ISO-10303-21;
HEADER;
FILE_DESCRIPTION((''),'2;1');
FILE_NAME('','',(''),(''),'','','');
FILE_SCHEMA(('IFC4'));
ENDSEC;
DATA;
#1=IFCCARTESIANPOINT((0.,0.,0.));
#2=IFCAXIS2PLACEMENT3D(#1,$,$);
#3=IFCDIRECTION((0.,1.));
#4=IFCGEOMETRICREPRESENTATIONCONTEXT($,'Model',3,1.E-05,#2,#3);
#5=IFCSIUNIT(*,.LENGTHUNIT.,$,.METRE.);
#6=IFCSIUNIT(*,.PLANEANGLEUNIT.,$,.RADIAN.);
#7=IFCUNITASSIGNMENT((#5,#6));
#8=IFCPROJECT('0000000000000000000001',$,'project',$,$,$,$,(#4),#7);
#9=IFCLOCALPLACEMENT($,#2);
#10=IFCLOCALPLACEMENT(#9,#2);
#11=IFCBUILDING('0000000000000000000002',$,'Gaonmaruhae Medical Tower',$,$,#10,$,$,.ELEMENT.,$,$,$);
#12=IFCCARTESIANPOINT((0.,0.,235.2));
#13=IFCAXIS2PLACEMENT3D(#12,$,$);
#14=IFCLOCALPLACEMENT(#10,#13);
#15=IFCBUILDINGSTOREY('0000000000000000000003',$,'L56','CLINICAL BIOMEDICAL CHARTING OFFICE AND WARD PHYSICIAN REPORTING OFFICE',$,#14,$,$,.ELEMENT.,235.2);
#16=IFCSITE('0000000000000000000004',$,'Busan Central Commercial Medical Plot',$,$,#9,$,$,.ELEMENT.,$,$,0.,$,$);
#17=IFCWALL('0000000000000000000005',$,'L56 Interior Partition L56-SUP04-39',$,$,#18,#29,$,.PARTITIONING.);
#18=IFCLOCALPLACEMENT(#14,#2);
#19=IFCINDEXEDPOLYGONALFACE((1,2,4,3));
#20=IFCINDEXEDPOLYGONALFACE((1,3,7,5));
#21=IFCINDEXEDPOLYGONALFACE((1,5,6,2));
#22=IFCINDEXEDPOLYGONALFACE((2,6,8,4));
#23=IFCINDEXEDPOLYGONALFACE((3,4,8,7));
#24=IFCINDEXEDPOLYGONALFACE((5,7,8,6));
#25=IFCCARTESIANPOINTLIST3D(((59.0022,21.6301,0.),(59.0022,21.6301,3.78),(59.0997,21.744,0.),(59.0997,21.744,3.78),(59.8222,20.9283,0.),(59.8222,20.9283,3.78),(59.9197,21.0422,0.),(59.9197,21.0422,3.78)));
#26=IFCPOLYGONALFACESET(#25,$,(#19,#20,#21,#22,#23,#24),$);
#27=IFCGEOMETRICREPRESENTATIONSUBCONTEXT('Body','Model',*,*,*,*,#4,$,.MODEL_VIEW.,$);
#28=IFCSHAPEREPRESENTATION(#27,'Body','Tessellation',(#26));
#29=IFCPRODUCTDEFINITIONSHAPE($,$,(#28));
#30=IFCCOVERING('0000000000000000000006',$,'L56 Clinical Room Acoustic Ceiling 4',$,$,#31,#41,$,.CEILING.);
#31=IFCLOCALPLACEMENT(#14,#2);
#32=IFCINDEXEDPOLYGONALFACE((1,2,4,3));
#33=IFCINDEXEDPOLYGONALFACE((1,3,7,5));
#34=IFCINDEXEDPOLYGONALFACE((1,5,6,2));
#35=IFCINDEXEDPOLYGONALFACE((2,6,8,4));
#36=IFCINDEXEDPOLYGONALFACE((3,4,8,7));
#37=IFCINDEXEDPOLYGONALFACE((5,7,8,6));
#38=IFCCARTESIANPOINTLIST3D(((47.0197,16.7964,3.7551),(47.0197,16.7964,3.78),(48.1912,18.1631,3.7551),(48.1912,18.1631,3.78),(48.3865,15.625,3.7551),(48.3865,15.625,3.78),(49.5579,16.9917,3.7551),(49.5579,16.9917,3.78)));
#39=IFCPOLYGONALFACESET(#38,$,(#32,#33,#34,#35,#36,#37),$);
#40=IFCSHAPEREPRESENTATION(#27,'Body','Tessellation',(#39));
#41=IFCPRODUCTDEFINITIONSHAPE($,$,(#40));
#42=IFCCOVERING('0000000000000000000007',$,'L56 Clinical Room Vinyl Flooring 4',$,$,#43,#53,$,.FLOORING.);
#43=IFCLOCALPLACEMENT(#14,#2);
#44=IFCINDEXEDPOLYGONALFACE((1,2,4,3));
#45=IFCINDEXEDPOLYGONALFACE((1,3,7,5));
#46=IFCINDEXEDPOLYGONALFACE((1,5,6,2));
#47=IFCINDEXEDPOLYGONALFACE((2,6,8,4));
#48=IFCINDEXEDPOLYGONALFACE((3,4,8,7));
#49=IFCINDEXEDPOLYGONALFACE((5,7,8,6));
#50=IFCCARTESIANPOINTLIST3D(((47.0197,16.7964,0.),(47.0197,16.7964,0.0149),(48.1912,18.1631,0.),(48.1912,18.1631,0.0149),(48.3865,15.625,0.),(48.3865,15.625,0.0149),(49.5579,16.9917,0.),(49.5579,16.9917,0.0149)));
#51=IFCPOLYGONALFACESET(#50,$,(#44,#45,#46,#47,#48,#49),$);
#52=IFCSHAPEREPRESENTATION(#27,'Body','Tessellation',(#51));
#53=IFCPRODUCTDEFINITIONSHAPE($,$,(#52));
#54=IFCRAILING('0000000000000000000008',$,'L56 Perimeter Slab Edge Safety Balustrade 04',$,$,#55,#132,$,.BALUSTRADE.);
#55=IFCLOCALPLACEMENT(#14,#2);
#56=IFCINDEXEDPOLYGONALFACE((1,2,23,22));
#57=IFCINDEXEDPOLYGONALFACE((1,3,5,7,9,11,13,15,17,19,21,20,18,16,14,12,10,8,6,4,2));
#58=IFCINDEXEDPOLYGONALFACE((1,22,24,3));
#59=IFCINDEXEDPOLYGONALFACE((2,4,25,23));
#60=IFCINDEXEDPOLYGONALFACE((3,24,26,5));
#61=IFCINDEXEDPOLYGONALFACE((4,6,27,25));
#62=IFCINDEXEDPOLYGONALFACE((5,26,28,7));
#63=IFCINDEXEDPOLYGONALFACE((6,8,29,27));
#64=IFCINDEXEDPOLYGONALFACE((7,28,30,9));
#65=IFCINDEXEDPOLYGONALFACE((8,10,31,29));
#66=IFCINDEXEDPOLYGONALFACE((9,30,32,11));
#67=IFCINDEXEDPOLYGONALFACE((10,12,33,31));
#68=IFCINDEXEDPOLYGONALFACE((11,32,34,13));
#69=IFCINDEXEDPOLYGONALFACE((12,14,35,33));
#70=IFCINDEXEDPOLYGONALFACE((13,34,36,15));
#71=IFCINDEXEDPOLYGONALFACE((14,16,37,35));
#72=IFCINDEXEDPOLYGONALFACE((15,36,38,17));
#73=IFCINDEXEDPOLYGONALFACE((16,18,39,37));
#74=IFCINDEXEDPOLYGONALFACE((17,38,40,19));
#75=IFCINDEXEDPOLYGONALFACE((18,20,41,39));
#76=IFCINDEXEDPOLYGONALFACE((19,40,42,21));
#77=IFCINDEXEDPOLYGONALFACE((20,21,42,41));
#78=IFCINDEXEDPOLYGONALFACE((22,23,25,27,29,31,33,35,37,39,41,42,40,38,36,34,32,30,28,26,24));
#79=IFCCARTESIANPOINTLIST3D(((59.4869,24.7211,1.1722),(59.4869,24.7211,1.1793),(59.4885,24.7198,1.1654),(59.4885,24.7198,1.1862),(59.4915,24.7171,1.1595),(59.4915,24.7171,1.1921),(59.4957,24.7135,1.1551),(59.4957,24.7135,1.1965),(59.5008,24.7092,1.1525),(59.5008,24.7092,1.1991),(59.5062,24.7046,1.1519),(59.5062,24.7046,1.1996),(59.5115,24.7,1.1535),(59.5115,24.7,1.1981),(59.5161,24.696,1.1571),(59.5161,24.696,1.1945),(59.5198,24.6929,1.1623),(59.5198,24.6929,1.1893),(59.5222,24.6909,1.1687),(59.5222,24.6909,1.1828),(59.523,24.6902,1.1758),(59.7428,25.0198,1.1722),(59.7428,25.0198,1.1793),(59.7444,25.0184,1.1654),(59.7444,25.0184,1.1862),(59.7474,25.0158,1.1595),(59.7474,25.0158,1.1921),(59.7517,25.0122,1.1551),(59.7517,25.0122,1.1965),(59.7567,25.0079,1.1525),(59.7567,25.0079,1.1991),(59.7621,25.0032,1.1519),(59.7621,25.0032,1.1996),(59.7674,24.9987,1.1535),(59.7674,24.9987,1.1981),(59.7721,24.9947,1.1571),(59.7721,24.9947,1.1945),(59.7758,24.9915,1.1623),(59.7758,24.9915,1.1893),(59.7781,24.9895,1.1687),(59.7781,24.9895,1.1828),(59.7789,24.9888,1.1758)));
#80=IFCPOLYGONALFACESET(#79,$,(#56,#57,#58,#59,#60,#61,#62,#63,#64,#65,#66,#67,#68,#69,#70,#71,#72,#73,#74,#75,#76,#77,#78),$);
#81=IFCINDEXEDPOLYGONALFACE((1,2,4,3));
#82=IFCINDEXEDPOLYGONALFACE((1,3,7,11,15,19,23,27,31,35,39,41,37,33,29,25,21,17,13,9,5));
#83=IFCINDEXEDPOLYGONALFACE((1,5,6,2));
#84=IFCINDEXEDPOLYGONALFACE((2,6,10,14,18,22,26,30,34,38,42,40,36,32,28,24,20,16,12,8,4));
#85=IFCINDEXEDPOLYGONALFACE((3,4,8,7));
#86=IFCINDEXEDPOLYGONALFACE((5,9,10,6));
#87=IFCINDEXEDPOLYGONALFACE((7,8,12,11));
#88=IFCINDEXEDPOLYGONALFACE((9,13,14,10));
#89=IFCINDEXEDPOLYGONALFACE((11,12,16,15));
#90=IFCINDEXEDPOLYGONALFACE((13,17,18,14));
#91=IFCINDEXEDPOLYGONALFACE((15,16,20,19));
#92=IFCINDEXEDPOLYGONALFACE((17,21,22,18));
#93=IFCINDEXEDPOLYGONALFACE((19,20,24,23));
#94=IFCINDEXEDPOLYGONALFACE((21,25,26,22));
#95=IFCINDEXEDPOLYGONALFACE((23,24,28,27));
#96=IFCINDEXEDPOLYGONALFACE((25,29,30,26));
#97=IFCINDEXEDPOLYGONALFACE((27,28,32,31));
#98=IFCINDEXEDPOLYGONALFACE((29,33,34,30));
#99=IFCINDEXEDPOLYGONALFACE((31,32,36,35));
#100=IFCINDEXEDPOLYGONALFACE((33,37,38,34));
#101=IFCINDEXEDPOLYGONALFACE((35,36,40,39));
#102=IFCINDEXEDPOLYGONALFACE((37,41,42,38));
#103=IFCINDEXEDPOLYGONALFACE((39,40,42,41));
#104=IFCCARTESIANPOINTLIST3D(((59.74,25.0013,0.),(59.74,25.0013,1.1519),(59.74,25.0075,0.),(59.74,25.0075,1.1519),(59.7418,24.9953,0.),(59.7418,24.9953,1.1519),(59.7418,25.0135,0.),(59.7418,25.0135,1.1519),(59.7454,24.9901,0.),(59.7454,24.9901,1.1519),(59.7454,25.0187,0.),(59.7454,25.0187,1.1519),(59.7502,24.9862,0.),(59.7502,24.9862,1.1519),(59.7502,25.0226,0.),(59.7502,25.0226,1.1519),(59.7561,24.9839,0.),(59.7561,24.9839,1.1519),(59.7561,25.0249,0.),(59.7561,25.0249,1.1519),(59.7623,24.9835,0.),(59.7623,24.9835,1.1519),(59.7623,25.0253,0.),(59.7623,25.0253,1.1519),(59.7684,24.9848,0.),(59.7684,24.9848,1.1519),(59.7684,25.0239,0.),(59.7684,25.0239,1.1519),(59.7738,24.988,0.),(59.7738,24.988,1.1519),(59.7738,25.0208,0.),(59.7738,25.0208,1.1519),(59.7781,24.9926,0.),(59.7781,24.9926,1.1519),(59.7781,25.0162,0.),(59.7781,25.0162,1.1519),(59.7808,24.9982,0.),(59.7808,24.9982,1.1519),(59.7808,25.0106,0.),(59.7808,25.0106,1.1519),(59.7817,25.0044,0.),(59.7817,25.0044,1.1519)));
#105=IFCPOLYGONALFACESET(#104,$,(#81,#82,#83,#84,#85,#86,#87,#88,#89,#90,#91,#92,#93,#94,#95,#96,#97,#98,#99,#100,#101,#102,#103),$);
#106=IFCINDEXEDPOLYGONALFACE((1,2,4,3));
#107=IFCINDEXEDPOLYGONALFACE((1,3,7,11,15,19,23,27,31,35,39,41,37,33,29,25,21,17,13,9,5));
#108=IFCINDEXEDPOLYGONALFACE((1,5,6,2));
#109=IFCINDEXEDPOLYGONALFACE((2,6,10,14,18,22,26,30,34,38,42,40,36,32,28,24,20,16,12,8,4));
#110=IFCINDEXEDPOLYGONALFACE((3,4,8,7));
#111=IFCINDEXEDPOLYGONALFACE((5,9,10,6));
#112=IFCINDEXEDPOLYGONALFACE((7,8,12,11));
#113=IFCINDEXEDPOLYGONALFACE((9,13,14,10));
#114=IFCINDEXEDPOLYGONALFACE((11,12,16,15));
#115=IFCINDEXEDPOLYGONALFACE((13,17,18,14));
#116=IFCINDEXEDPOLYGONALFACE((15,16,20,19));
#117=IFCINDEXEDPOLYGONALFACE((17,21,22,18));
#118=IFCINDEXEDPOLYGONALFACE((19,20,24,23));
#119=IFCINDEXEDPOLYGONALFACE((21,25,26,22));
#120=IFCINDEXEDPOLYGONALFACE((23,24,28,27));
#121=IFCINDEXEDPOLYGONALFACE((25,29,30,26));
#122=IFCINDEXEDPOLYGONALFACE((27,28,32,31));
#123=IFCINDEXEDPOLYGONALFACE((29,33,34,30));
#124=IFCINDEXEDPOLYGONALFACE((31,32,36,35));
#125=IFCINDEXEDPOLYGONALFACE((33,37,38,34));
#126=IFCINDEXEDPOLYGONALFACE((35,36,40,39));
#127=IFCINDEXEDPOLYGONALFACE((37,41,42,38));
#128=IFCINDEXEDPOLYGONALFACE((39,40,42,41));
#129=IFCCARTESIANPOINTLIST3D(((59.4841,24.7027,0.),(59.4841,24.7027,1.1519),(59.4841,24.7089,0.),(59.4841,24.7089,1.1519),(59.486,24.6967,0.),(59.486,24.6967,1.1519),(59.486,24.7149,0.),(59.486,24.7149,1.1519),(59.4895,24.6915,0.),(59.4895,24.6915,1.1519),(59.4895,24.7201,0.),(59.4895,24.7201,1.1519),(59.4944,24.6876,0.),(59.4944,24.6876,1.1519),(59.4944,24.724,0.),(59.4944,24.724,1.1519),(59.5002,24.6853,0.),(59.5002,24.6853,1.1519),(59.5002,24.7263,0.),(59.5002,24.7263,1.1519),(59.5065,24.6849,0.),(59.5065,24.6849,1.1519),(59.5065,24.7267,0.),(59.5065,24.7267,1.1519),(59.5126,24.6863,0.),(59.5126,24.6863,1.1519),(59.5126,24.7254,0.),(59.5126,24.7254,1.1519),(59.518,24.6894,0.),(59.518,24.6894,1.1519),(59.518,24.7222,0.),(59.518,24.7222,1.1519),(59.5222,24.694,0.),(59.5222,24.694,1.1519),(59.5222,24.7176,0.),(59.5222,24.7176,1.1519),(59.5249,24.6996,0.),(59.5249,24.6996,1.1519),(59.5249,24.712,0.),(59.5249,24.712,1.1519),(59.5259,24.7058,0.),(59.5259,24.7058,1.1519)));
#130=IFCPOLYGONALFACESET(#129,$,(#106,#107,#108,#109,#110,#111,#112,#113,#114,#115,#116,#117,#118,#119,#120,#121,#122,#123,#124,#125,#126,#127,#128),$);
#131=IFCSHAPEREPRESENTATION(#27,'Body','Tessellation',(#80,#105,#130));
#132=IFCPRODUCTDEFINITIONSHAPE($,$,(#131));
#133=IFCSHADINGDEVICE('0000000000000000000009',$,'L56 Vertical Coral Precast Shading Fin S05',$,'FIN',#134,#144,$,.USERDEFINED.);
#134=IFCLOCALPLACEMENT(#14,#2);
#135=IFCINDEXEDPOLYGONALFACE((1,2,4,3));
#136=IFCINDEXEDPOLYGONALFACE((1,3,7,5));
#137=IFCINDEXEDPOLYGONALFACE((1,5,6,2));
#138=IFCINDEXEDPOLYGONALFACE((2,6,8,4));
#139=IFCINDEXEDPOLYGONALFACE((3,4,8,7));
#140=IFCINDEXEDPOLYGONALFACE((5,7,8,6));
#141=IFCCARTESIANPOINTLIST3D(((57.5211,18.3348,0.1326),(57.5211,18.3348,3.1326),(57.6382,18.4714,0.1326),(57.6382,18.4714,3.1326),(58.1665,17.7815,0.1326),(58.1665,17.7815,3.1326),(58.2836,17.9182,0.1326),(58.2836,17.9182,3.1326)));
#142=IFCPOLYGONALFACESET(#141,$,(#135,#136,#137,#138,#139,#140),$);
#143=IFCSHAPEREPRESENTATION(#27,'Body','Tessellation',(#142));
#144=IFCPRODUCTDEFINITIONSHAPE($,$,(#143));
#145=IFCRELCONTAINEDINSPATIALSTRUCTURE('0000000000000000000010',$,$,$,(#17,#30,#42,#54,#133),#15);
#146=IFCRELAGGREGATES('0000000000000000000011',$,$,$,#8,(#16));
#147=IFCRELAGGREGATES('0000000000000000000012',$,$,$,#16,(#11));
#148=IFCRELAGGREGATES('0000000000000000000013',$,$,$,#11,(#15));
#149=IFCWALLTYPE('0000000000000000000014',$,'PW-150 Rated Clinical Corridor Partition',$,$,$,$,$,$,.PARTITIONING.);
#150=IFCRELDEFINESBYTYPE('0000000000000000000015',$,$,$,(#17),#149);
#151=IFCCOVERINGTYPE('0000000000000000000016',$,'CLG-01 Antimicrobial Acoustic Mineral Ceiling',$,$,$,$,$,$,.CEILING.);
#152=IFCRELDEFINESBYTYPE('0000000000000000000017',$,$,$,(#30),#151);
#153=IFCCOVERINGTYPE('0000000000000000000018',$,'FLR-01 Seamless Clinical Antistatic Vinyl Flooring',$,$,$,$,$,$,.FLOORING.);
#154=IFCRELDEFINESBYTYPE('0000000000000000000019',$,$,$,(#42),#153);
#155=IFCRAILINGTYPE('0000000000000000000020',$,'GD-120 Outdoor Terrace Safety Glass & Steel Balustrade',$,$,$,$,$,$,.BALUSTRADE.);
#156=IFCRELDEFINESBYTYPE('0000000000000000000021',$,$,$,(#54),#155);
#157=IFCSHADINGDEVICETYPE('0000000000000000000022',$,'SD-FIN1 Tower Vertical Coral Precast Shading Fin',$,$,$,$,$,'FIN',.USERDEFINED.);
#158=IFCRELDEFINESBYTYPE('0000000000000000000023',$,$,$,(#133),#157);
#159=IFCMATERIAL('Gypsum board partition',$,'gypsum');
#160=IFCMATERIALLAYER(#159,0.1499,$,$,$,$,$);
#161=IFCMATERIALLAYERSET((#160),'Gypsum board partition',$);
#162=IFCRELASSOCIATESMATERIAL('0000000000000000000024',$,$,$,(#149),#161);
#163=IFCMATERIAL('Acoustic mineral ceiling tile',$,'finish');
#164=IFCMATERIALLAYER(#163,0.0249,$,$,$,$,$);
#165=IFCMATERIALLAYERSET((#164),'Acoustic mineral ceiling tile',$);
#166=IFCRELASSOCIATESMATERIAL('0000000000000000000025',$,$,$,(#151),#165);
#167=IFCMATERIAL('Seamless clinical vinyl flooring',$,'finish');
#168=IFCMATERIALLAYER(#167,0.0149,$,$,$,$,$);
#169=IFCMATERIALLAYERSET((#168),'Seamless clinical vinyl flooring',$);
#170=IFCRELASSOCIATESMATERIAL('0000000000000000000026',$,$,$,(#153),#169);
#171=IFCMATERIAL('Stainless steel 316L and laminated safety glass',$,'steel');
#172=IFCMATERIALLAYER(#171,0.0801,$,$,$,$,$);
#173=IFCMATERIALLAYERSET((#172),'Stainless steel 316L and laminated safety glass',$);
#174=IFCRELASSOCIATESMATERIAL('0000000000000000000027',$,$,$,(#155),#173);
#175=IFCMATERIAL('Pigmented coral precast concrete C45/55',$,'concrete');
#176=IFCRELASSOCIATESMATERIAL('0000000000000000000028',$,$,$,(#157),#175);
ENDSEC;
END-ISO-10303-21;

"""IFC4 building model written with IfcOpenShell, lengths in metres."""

from ifc_helpers import new_model, si_unit, direction, frame, frame_2d, origin, origin_2d, place, context, subcontext, project, spatial, rectangle, circle, extrude, material, layer, layer_set, type_object, element, save


model = new_model("IFC4")

# Units and contexts
model_context = context("Model", 3, precision=1e-05, world=origin(), true_north=direction((0.0, 1.0)))
body_context = subcontext(model_context, "Body", "Model", "MODEL_VIEW")
ifc_project = project(units=[si_unit("LENGTHUNIT", "METRE"), si_unit("PLANEANGLEUNIT", "RADIAN")], contexts=[model_context])

# Site, building, storey
site_placement = place(None, origin())
site = spatial("IfcSite", under=ifc_project, at=site_placement, Name="Busan Central Commercial Medical Plot", CompositionType="ELEMENT", RefElevation=0.0)
building_placement = place(site_placement, origin())
building = spatial("IfcBuilding", under=site, at=building_placement, Name="Gaonmaruhae Medical Tower", CompositionType="ELEMENT")
storey_placement = place(building_placement, frame((0.0, 0.0, 235.2)))
storey = spatial("IfcBuildingStorey", under=building, at=storey_placement, Name="L56", Description="CLINICAL BIOMEDICAL CHARTING OFFICE AND WARD PHYSICIAN REPORTING OFFICE", CompositionType="ELEMENT", Elevation=235.2)

# Wall
ifc_material_1 = material(Name="Gypsum board partition", Category="gypsum")
ifc_layer_1 = layer(ifc_material_1, 0.1499)
ifc_layer_set_1 = layer_set([ifc_layer_1], Name="Gypsum board partition")
wall_type_1 = type_object("IfcWallType", Name="PW-150 Rated Clinical Corridor Partition", PredefinedType="PARTITIONING", material=ifc_layer_set_1)
wall_1_placement = place(storey_placement, frame((59.051, 21.687, 0.0), z_axis=(0.0, 0.0, 1.0), x_axis=(0.759719, -0.650251, 0.0)))
element("IfcWall", 1, at=wall_1_placement, inside=storey, type_object=wall_type_1, Name="L56 Interior Partition L56-SUP04-39", PredefinedType="PARTITIONING", context=body_context, shape_type="SweptSolid", body=[
    extrude(rectangle(XDim=1.0793, YDim=0.1499, at=frame_2d((0.5396, 0.0))), origin(), (0.0, 0.0, 1.0), 3.78),
])

# Coverings
ifc_material_2 = material(Name="Acoustic mineral ceiling tile", Category="finish")
ifc_layer_2 = layer(ifc_material_2, 0.0249)
ifc_layer_set_2 = layer_set([ifc_layer_2], Name="Acoustic mineral ceiling tile")
covering_type_1 = type_object("IfcCoveringType", Name="CLG-01 Antimicrobial Acoustic Mineral Ceiling", PredefinedType="CEILING", material=ifc_layer_set_2)
covering_1_placement = place(storey_placement, frame((48.2888, 16.894, 3.7551), z_axis=(0.0, 0.0, 1.0), x_axis=(0.650774, 0.759271, 0.0)))
element("IfcCovering", 2, at=covering_1_placement, inside=storey, type_object=covering_type_1, Name="L56 Clinical Room Acoustic Ceiling 4", PredefinedType="CEILING", context=body_context, shape_type="SweptSolid", body=[
    extrude(rectangle(XDim=1.8, YDim=1.8, at=origin_2d()), origin(), (0.0, 0.0, 1.0), 0.0249),
])
ifc_material_3 = material(Name="Seamless clinical vinyl flooring", Category="finish")
ifc_layer_3 = layer(ifc_material_3, 0.0149)
ifc_layer_set_3 = layer_set([ifc_layer_3], Name="Seamless clinical vinyl flooring")
covering_type_2 = type_object("IfcCoveringType", Name="FLR-01 Seamless Clinical Antistatic Vinyl Flooring", PredefinedType="FLOORING", material=ifc_layer_set_3)
covering_2_placement = place(storey_placement, frame((48.2888, 16.894, 0.0), z_axis=(0.0, 0.0, 1.0), x_axis=(0.650774, 0.759271, 0.0)))
element("IfcCovering", 3, at=covering_2_placement, inside=storey, type_object=covering_type_2, Name="L56 Clinical Room Vinyl Flooring 4", PredefinedType="FLOORING", context=body_context, shape_type="SweptSolid", body=[
    extrude(rectangle(XDim=1.8, YDim=1.8, at=origin_2d()), origin(), (0.0, 0.0, 1.0), 0.0149),
])

# Railing
ifc_material_4 = material(Name="Stainless steel 316L and laminated safety glass", Category="steel")
ifc_layer_4 = layer(ifc_material_4, 0.0801)
ifc_layer_set_4 = layer_set([ifc_layer_4], Name="Stainless steel 316L and laminated safety glass")
railing_type = type_object("IfcRailingType", Name="GD-120 Outdoor Terrace Safety Glass & Steel Balustrade", PredefinedType="BALUSTRADE", material=ifc_layer_set_4)
railing_placement = place(storey_placement, frame((59.7607, 25.0044, 0.0)))
element("IfcRailing", 4, at=railing_placement, inside=storey, type_object=railing_type, Name="L56 Perimeter Slab Edge Safety Balustrade 04", PredefinedType="BALUSTRADE", context=body_context, shape_type="SweptSolid", body=[
    extrude(circle(Radius=0.0239, at=origin_2d()), frame((0.0, 0.0, 1.1758), z_axis=(-0.650689, -0.759344, 0.0), x_axis=(0.759344, -0.650689, 0.0)), (0.0, 0.0, 1.0), 0.3933),
    extrude(circle(Radius=0.021, at=origin_2d()), origin(), (0.0, 0.0, 1.0), 1.1519),
    extrude(circle(Radius=0.021, at=origin_2d()), frame((-0.2559, -0.2986, 0.0)), (0.0, 0.0, 1.0), 1.1519),
])

# Shading device
ifc_material_5 = material(Name="Pigmented coral precast concrete C45/55", Category="concrete")
shading_device_type = type_object("IfcShadingDeviceType", Name="SD-FIN1 Tower Vertical Coral Precast Shading Fin", ElementType="FIN", PredefinedType="USERDEFINED", material=ifc_material_5)
shading_device_placement = place(storey_placement, frame((57.9023, 18.1265, 0.1326), z_axis=(0.0, 0.0, 1.0), x_axis=(-0.650774, -0.759271, 0.0)))
element("IfcShadingDevice", 5, at=shading_device_placement, inside=storey, type_object=shading_device_type, Name="L56 Vertical Coral Precast Shading Fin S05", ObjectType="FIN", PredefinedType="USERDEFINED", context=body_context, shape_type="SweptSolid", body=[
    extrude(rectangle(XDim=0.1799, YDim=0.8501, at=origin_2d()), origin(), (0.0, 0.0, 1.0), 3.0),
])

save(model, "model.ifc")
